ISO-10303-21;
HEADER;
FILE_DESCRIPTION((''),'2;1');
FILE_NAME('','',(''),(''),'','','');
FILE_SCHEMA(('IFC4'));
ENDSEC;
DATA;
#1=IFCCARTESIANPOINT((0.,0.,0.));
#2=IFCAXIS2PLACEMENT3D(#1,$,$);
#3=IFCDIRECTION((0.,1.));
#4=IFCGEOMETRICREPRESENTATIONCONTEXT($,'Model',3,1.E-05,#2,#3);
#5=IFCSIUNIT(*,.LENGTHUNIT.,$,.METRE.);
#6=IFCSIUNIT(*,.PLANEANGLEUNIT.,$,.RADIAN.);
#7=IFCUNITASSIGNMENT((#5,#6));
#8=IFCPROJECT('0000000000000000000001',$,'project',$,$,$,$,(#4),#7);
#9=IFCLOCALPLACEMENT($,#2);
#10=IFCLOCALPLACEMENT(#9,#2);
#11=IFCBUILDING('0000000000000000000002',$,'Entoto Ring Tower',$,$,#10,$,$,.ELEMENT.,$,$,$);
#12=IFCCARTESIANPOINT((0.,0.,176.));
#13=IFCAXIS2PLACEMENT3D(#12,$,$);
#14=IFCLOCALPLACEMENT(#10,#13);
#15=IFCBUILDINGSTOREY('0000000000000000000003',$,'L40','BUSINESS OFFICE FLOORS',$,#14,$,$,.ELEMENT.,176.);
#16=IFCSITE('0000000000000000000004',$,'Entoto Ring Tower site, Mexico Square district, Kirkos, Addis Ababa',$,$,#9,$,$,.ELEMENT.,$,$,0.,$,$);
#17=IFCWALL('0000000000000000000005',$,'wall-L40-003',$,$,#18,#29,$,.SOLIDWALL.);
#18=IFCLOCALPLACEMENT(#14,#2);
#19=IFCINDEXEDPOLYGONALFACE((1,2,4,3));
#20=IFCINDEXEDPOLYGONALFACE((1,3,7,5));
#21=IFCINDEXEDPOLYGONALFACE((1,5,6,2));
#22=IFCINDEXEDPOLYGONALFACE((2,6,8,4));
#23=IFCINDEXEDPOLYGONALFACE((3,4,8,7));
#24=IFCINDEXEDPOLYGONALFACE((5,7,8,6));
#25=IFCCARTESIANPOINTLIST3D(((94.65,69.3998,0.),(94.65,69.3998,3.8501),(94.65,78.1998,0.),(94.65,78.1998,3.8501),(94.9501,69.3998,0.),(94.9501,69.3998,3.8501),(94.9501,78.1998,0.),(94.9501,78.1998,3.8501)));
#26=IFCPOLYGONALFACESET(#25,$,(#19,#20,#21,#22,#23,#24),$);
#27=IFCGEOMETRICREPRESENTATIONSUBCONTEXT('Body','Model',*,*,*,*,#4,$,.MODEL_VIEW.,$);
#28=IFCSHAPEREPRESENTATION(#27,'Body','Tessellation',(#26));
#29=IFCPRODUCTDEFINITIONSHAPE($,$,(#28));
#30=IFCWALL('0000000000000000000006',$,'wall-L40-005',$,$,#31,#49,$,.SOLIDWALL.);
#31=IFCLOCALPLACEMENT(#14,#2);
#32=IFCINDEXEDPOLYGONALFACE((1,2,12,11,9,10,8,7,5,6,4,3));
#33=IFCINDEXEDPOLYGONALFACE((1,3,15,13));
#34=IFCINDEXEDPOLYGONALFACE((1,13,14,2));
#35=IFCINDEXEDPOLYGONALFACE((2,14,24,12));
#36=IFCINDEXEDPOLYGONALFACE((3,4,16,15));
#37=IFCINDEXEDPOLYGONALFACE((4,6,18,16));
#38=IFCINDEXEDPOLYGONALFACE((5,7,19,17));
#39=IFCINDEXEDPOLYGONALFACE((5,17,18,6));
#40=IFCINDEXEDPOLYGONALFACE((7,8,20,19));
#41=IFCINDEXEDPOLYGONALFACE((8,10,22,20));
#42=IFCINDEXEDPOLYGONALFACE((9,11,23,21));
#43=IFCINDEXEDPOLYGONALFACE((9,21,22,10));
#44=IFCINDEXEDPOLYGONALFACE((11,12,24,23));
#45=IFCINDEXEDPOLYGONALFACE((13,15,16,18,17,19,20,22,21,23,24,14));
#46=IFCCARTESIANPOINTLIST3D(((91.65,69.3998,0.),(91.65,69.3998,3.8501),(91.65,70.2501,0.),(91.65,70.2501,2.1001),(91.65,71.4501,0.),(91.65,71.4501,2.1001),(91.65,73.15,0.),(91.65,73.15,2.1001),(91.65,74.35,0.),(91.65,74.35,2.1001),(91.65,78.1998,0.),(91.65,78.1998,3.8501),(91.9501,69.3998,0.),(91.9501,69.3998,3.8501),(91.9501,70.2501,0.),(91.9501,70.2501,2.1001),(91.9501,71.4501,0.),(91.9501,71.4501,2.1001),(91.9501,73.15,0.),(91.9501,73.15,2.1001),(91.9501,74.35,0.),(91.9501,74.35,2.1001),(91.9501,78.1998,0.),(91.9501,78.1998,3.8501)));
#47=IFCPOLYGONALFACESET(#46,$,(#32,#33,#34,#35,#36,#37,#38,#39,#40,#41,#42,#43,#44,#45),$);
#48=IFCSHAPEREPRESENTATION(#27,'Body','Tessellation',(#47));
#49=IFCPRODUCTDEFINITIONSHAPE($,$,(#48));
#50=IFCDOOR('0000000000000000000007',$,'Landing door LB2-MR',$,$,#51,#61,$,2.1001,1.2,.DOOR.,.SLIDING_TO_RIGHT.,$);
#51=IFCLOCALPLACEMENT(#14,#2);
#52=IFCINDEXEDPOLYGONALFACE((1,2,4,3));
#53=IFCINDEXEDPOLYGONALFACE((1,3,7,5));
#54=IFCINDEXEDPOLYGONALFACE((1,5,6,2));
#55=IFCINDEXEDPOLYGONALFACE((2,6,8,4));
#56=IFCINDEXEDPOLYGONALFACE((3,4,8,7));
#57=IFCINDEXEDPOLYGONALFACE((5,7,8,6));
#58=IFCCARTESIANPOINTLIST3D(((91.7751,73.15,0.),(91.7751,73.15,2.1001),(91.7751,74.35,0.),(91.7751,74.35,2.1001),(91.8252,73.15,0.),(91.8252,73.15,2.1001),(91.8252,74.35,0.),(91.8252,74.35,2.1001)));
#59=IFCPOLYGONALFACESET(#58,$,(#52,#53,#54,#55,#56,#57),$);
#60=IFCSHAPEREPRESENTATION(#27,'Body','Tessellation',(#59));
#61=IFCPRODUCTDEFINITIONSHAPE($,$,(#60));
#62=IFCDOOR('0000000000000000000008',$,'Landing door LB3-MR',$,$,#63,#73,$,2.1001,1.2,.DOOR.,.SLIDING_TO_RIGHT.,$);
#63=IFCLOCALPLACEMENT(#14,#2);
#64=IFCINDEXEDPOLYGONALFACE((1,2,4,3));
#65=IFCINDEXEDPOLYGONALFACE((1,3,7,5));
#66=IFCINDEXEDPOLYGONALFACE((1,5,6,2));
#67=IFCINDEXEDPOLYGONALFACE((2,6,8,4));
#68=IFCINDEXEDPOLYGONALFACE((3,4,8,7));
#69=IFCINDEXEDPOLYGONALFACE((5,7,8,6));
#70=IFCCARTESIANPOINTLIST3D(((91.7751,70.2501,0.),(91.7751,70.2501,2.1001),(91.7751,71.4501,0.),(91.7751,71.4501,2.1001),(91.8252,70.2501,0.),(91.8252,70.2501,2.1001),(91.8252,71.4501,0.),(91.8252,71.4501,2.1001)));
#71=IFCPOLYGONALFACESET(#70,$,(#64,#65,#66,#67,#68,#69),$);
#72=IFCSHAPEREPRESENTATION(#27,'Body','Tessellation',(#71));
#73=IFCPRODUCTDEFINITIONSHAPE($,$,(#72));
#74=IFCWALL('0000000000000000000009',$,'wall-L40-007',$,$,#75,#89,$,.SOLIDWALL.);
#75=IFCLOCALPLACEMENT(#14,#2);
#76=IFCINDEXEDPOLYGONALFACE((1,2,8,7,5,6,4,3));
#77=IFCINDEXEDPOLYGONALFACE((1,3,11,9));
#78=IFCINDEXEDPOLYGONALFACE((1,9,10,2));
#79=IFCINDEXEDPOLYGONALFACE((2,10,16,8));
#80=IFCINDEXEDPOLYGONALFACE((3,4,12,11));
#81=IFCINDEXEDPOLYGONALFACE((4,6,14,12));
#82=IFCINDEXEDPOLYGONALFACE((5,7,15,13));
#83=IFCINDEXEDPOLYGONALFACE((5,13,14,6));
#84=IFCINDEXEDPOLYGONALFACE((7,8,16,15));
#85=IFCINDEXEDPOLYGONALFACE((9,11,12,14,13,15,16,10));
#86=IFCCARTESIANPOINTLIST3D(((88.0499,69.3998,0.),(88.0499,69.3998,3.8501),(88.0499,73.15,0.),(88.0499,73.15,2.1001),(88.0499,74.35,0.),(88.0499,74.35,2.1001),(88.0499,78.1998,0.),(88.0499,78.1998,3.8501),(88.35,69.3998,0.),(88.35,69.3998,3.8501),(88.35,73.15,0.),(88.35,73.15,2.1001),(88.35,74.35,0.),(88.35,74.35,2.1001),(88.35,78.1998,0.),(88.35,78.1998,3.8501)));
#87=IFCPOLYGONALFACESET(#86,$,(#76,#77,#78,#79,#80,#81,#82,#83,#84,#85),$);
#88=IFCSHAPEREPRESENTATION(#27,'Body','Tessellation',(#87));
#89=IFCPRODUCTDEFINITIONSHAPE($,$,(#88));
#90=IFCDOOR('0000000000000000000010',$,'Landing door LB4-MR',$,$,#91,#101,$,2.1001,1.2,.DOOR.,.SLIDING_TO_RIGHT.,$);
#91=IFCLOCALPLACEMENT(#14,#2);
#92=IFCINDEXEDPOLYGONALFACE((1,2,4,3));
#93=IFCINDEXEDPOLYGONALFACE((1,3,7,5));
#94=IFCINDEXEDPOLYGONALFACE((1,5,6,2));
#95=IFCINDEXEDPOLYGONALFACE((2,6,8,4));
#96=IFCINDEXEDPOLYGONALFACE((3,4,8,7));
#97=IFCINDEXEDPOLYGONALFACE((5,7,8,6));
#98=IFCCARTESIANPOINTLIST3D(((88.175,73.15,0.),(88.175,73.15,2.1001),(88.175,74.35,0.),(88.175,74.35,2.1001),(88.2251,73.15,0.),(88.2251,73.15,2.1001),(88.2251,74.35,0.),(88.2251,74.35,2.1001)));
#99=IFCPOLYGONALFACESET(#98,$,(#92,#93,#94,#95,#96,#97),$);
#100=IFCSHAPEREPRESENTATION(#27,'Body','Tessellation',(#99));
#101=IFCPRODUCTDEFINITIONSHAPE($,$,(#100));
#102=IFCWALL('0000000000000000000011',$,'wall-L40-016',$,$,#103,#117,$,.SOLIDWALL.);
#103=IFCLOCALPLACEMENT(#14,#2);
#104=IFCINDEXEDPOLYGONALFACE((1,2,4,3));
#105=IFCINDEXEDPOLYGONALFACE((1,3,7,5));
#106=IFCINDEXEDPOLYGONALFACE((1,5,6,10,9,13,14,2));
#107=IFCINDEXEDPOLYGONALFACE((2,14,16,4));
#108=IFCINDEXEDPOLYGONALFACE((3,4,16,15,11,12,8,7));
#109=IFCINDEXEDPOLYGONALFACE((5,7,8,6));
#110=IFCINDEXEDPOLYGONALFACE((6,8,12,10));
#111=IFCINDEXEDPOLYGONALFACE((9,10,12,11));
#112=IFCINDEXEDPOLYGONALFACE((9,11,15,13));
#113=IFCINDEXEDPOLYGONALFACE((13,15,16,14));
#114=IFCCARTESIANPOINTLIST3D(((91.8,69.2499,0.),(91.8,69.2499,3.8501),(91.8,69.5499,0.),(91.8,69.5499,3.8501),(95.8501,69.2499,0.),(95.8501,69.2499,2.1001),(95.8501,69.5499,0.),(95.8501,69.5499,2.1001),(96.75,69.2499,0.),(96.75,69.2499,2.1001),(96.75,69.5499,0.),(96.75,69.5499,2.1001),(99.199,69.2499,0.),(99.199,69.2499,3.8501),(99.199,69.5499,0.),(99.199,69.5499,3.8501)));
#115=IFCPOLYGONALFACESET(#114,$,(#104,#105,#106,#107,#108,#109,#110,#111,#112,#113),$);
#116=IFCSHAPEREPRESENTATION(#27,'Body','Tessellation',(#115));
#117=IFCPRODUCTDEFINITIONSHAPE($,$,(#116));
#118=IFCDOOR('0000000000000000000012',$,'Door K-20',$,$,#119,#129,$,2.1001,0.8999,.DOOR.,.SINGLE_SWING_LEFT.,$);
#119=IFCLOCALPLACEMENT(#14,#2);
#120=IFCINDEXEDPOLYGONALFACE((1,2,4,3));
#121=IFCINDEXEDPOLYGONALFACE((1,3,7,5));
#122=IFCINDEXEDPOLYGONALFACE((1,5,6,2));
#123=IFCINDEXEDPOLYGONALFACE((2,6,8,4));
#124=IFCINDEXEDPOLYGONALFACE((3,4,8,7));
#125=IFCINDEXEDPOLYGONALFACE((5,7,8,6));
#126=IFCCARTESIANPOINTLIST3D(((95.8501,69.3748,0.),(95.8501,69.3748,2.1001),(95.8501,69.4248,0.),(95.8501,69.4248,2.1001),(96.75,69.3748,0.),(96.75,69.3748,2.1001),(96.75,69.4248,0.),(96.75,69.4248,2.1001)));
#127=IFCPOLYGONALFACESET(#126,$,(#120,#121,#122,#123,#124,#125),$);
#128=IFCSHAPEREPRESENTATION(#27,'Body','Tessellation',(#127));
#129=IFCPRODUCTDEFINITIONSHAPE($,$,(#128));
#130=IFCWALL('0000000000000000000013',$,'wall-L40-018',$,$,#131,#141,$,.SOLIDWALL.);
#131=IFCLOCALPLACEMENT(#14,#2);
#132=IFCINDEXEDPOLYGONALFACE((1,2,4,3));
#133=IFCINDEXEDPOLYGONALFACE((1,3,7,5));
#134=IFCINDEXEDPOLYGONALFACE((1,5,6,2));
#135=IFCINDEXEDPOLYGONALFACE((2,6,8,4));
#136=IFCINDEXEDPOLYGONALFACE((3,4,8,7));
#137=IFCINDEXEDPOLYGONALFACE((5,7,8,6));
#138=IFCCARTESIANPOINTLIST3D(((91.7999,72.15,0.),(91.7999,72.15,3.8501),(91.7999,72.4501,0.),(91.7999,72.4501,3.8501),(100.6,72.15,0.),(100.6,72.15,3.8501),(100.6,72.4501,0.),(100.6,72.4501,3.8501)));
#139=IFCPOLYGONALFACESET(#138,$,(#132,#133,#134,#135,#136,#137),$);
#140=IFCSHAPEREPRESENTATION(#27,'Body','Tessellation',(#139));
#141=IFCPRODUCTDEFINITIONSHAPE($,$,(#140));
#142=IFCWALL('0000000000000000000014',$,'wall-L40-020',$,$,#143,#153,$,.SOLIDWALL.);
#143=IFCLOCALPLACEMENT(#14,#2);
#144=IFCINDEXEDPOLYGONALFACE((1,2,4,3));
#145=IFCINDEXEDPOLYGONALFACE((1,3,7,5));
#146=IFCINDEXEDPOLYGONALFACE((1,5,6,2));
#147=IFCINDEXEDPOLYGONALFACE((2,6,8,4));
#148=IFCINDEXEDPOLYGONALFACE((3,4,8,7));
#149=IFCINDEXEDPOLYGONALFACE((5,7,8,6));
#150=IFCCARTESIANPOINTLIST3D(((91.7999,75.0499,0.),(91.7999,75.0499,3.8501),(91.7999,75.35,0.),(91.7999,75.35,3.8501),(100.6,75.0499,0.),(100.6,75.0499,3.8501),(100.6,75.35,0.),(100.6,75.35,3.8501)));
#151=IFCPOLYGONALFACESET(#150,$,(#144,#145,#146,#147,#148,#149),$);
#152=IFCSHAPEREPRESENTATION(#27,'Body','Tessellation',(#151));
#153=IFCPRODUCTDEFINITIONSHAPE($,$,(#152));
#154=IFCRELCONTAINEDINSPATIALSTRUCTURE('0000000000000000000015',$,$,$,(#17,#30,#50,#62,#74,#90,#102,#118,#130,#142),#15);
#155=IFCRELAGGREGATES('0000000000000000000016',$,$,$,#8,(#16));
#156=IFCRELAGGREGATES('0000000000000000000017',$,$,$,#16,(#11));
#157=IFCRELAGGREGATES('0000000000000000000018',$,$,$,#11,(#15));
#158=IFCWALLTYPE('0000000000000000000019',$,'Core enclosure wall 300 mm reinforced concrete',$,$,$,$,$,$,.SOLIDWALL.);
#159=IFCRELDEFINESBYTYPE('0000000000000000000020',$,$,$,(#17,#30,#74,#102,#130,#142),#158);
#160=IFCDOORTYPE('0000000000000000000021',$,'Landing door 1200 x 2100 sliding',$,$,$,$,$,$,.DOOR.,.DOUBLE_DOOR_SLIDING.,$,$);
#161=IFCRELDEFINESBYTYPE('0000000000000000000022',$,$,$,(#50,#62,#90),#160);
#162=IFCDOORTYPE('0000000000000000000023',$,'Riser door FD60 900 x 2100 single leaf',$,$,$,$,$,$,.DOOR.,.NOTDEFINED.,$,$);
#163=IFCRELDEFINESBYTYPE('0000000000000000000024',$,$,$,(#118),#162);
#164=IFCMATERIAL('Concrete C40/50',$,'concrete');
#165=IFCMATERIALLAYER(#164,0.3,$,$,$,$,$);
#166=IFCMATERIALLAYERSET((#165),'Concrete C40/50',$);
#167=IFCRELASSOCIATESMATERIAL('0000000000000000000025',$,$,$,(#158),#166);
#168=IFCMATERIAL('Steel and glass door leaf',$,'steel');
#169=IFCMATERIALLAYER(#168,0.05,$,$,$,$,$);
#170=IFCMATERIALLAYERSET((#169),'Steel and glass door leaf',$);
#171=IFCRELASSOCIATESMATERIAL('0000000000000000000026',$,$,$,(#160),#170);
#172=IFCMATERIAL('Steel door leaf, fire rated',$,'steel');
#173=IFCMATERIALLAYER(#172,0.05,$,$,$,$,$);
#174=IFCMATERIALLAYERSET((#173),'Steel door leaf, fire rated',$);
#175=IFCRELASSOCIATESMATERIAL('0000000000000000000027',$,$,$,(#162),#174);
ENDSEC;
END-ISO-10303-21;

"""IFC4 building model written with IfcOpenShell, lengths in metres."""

from ifc_helpers import new_model, si_unit, direction, frame, frame_2d, origin, place, context, subcontext, project, spatial, rectangle, extrude, material, layer, layer_set, type_object, element, fill, save


model = new_model("IFC4")

# Units and contexts
model_context = context("Model", 3, precision=1e-05, world=origin(), true_north=direction((0.0, 1.0)))
body_context = subcontext(model_context, "Body", "Model", "MODEL_VIEW")
ifc_project = project(units=[si_unit("LENGTHUNIT", "METRE"), si_unit("PLANEANGLEUNIT", "RADIAN")], contexts=[model_context])

# Site, building, storey
site_placement = place(None, origin())
site = spatial("IfcSite", under=ifc_project, at=site_placement, Name="Entoto Ring Tower site, Mexico Square district, Kirkos, Addis Ababa", CompositionType="ELEMENT", RefElevation=0.0)
building_placement = place(site_placement, origin())
building = spatial("IfcBuilding", under=site, at=building_placement, Name="Entoto Ring Tower", CompositionType="ELEMENT")
storey_placement = place(building_placement, frame((0.0, 0.0, 176.0)))
storey = spatial("IfcBuildingStorey", under=building, at=storey_placement, Name="L40", Description="BUSINESS OFFICE FLOORS", CompositionType="ELEMENT", Elevation=176.0)

# Shared definitions
ifc_material_1 = material(Name="Concrete C40/50", Category="concrete")
ifc_layer_1 = layer(ifc_material_1, 0.3)
ifc_layer_set_1 = layer_set([ifc_layer_1], Name="Concrete C40/50")
wall_type = type_object("IfcWallType", Name="Core enclosure wall 300 mm reinforced concrete", PredefinedType="SOLIDWALL", material=ifc_layer_set_1)

# Wall
wall_1_placement = place(storey_placement, frame((94.8, 69.3999, 0.0), z_axis=(0.0, 0.0, 1.0), x_axis=(0.0, 1.0, 0.0)))
element("IfcWall", 1, at=wall_1_placement, inside=storey, type_object=wall_type, Name="wall-L40-003", PredefinedType="SOLIDWALL", context=body_context, shape_type="SweptSolid", body=[
    extrude(rectangle(XDim=8.8, YDim=0.3, at=frame_2d((4.3999, 0.0))), origin(), (0.0, 0.0, 1.0), 3.8501),
])

# Wall, openings, doors
wall_2_placement = place(storey_placement, frame((91.8, 69.3999, 0.0), z_axis=(0.0, 0.0, 1.0), x_axis=(0.0, 1.0, 0.0)))
wall_2 = element("IfcWall", 2, at=wall_2_placement, inside=storey, type_object=wall_type, Name="wall-L40-005", PredefinedType="SOLIDWALL", context=body_context, shape_type="SweptSolid", body=[
    extrude(rectangle(XDim=8.8, YDim=0.3, at=frame_2d((4.3999, 0.0))), origin(), (0.0, 0.0, 1.0), 3.8501),
])
opening_1_placement = place(wall_2_placement, frame((3.75, 0.0, 0.0)))
opening_1 = element("IfcOpeningElement", 3, at=opening_1_placement, cuts=wall_2, PredefinedType="OPENING", context=body_context, shape_type="SweptSolid", body=[
    extrude(rectangle(XDim=1.2, YDim=2.1001, at=frame_2d((0.6001, 1.05))), frame((0.0, 0.1602, 0.0), z_axis=(0.0, -1.0, 0.0), x_axis=(1.0, 0.0, 0.0)), (0.0, 0.0, 1.0), 0.3201),
])
opening_2_placement = place(wall_2_placement, frame((0.8501, 0.0, 0.0)))
opening_2 = element("IfcOpeningElement", 4, at=opening_2_placement, cuts=wall_2, PredefinedType="OPENING", context=body_context, shape_type="SweptSolid", body=[
    extrude(rectangle(XDim=1.2, YDim=2.1001, at=frame_2d((0.6001, 1.05))), frame((0.0, 0.1602, 0.0), z_axis=(0.0, -1.0, 0.0), x_axis=(1.0, 0.0, 0.0)), (0.0, 0.0, 1.0), 0.3201),
])
ifc_material_2 = material(Name="Steel and glass door leaf", Category="steel")
ifc_layer_2 = layer(ifc_material_2, 0.05)
ifc_layer_set_2 = layer_set([ifc_layer_2], Name="Steel and glass door leaf")
door_type_1 = type_object("IfcDoorType", Name="Landing door 1200 x 2100 sliding", OperationType="DOUBLE_DOOR_SLIDING", PredefinedType="DOOR", material=ifc_layer_set_2)
door_1_placement = place(opening_1_placement, origin())
door_1 = element("IfcDoor", 5, at=door_1_placement, inside=storey, type_object=door_type_1, Name="Landing door LB2-MR", OperationType="SLIDING_TO_RIGHT", OverallHeight=2.1001, OverallWidth=1.2, PredefinedType="DOOR", context=body_context, shape_type="SweptSolid", body=[
    extrude(rectangle(XDim=1.2, YDim=2.1001, at=frame_2d((0.6001, 1.05))), frame((0.0, 0.0249, 0.0), z_axis=(0.0, -1.0, 0.0), x_axis=(1.0, 0.0, 0.0)), (0.0, 0.0, 1.0), 0.05),
])
fill(opening_1, door_1)
door_2_placement = place(opening_2_placement, origin())
door_2 = element("IfcDoor", 6, at=door_2_placement, inside=storey, type_object=door_type_1, Name="Landing door LB3-MR", OperationType="SLIDING_TO_RIGHT", OverallHeight=2.1001, OverallWidth=1.2, PredefinedType="DOOR", context=body_context, shape_type="SweptSolid", body=[
    extrude(rectangle(XDim=1.2, YDim=2.1001, at=frame_2d((0.6001, 1.05))), frame((0.0, 0.0249, 0.0), z_axis=(0.0, -1.0, 0.0), x_axis=(1.0, 0.0, 0.0)), (0.0, 0.0, 1.0), 0.05),
])
fill(opening_2, door_2)

# Walls, openings, doors
wall_3_placement = place(storey_placement, frame((88.2, 69.3999, 0.0), z_axis=(0.0, 0.0, 1.0), x_axis=(0.0, 1.0, 0.0)))
wall_3 = element("IfcWall", 7, at=wall_3_placement, inside=storey, type_object=wall_type, Name="wall-L40-007", PredefinedType="SOLIDWALL", context=body_context, shape_type="SweptSolid", body=[
    extrude(rectangle(XDim=8.8, YDim=0.3, at=frame_2d((4.3999, 0.0))), origin(), (0.0, 0.0, 1.0), 3.8501),
])
opening_3_placement = place(wall_3_placement, frame((3.75, 0.0, 0.0)))
opening_3 = element("IfcOpeningElement", 8, at=opening_3_placement, cuts=wall_3, PredefinedType="OPENING", context=body_context, shape_type="SweptSolid", body=[
    extrude(rectangle(XDim=1.2, YDim=2.1001, at=frame_2d((0.6001, 1.05))), frame((0.0, 0.1602, 0.0), z_axis=(0.0, -1.0, 0.0), x_axis=(1.0, 0.0, 0.0)), (0.0, 0.0, 1.0), 0.3201),
])
door_3_placement = place(opening_3_placement, origin())
door_3 = element("IfcDoor", 9, at=door_3_placement, inside=storey, type_object=door_type_1, Name="Landing door LB4-MR", OperationType="SLIDING_TO_RIGHT", OverallHeight=2.1001, OverallWidth=1.2, PredefinedType="DOOR", context=body_context, shape_type="SweptSolid", body=[
    extrude(rectangle(XDim=1.2, YDim=2.1001, at=frame_2d((0.6001, 1.05))), frame((0.0, 0.0249, 0.0), z_axis=(0.0, -1.0, 0.0), x_axis=(1.0, 0.0, 0.0)), (0.0, 0.0, 1.0), 0.05),
])
fill(opening_3, door_3)
wall_4_placement = place(storey_placement, frame((91.8, 69.3999, 0.0), z_axis=(0.0, 0.0, 1.0), x_axis=(1.0, 0.0, 0.0)))
wall_4 = element("IfcWall", 10, at=wall_4_placement, inside=storey, type_object=wall_type, Name="wall-L40-016", PredefinedType="SOLIDWALL", context=body_context, shape_type="SweptSolid", body=[
    extrude(rectangle(XDim=7.3989, YDim=0.3, at=frame_2d((3.6995, 0.0))), origin(), (0.0, 0.0, 1.0), 3.8501),
])
opening_4_placement = place(wall_4_placement, frame((4.05, 0.0, 0.0)))
opening_4 = element("IfcOpeningElement", 11, at=opening_4_placement, cuts=wall_4, PredefinedType="OPENING", context=body_context, shape_type="SweptSolid", body=[
    extrude(rectangle(XDim=0.8999, YDim=2.1001, at=frame_2d((0.45, 1.05))), frame((0.0, 0.1602, 0.0), z_axis=(0.0, -1.0, 0.0), x_axis=(1.0, 0.0, 0.0)), (0.0, 0.0, 1.0), 0.3201),
])
ifc_material_3 = material(Name="Steel door leaf, fire rated", Category="steel")
ifc_layer_3 = layer(ifc_material_3, 0.05)
ifc_layer_set_3 = layer_set([ifc_layer_3], Name="Steel door leaf, fire rated")
door_type_2 = type_object("IfcDoorType", Name="Riser door FD60 900 x 2100 single leaf", OperationType="NOTDEFINED", PredefinedType="DOOR", material=ifc_layer_set_3)
door_4_placement = place(opening_4_placement, origin())
door_4 = element("IfcDoor", 12, at=door_4_placement, inside=storey, type_object=door_type_2, Name="Door K-20", OperationType="SINGLE_SWING_LEFT", OverallHeight=2.1001, OverallWidth=0.8999, PredefinedType="DOOR", context=body_context, shape_type="SweptSolid", body=[
    extrude(rectangle(XDim=0.8999, YDim=2.1001, at=frame_2d((0.45, 1.05))), frame((0.0, 0.0249, 0.0), z_axis=(0.0, -1.0, 0.0), x_axis=(1.0, 0.0, 0.0)), (0.0, 0.0, 1.0), 0.05),
])
fill(opening_4, door_4)

# Walls
for number, where, z_axis, x_axis, name in (
    (13, (91.8, 72.3, 0.0), (0.0, 0.0, 1.0), (1.0, 0.0, 0.0), "wall-L40-018"),
    (14, (91.8, 75.2, 0.0), (0.0, 0.0, 1.0), (1.0, 0.0, 0.0), "wall-L40-020"),
):
    element("IfcWall", number, at=place(storey_placement, frame(where, z_axis=z_axis, x_axis=x_axis)), inside=storey, type_object=wall_type, Name=name, PredefinedType="SOLIDWALL", context=body_context, shape_type="SweptSolid", body=[
        extrude(rectangle(XDim=8.8, YDim=0.3, at=frame_2d((4.3999, 0.0))), origin(), (0.0, 0.0, 1.0), 3.8501),
    ])

save(model, "model.ifc")
